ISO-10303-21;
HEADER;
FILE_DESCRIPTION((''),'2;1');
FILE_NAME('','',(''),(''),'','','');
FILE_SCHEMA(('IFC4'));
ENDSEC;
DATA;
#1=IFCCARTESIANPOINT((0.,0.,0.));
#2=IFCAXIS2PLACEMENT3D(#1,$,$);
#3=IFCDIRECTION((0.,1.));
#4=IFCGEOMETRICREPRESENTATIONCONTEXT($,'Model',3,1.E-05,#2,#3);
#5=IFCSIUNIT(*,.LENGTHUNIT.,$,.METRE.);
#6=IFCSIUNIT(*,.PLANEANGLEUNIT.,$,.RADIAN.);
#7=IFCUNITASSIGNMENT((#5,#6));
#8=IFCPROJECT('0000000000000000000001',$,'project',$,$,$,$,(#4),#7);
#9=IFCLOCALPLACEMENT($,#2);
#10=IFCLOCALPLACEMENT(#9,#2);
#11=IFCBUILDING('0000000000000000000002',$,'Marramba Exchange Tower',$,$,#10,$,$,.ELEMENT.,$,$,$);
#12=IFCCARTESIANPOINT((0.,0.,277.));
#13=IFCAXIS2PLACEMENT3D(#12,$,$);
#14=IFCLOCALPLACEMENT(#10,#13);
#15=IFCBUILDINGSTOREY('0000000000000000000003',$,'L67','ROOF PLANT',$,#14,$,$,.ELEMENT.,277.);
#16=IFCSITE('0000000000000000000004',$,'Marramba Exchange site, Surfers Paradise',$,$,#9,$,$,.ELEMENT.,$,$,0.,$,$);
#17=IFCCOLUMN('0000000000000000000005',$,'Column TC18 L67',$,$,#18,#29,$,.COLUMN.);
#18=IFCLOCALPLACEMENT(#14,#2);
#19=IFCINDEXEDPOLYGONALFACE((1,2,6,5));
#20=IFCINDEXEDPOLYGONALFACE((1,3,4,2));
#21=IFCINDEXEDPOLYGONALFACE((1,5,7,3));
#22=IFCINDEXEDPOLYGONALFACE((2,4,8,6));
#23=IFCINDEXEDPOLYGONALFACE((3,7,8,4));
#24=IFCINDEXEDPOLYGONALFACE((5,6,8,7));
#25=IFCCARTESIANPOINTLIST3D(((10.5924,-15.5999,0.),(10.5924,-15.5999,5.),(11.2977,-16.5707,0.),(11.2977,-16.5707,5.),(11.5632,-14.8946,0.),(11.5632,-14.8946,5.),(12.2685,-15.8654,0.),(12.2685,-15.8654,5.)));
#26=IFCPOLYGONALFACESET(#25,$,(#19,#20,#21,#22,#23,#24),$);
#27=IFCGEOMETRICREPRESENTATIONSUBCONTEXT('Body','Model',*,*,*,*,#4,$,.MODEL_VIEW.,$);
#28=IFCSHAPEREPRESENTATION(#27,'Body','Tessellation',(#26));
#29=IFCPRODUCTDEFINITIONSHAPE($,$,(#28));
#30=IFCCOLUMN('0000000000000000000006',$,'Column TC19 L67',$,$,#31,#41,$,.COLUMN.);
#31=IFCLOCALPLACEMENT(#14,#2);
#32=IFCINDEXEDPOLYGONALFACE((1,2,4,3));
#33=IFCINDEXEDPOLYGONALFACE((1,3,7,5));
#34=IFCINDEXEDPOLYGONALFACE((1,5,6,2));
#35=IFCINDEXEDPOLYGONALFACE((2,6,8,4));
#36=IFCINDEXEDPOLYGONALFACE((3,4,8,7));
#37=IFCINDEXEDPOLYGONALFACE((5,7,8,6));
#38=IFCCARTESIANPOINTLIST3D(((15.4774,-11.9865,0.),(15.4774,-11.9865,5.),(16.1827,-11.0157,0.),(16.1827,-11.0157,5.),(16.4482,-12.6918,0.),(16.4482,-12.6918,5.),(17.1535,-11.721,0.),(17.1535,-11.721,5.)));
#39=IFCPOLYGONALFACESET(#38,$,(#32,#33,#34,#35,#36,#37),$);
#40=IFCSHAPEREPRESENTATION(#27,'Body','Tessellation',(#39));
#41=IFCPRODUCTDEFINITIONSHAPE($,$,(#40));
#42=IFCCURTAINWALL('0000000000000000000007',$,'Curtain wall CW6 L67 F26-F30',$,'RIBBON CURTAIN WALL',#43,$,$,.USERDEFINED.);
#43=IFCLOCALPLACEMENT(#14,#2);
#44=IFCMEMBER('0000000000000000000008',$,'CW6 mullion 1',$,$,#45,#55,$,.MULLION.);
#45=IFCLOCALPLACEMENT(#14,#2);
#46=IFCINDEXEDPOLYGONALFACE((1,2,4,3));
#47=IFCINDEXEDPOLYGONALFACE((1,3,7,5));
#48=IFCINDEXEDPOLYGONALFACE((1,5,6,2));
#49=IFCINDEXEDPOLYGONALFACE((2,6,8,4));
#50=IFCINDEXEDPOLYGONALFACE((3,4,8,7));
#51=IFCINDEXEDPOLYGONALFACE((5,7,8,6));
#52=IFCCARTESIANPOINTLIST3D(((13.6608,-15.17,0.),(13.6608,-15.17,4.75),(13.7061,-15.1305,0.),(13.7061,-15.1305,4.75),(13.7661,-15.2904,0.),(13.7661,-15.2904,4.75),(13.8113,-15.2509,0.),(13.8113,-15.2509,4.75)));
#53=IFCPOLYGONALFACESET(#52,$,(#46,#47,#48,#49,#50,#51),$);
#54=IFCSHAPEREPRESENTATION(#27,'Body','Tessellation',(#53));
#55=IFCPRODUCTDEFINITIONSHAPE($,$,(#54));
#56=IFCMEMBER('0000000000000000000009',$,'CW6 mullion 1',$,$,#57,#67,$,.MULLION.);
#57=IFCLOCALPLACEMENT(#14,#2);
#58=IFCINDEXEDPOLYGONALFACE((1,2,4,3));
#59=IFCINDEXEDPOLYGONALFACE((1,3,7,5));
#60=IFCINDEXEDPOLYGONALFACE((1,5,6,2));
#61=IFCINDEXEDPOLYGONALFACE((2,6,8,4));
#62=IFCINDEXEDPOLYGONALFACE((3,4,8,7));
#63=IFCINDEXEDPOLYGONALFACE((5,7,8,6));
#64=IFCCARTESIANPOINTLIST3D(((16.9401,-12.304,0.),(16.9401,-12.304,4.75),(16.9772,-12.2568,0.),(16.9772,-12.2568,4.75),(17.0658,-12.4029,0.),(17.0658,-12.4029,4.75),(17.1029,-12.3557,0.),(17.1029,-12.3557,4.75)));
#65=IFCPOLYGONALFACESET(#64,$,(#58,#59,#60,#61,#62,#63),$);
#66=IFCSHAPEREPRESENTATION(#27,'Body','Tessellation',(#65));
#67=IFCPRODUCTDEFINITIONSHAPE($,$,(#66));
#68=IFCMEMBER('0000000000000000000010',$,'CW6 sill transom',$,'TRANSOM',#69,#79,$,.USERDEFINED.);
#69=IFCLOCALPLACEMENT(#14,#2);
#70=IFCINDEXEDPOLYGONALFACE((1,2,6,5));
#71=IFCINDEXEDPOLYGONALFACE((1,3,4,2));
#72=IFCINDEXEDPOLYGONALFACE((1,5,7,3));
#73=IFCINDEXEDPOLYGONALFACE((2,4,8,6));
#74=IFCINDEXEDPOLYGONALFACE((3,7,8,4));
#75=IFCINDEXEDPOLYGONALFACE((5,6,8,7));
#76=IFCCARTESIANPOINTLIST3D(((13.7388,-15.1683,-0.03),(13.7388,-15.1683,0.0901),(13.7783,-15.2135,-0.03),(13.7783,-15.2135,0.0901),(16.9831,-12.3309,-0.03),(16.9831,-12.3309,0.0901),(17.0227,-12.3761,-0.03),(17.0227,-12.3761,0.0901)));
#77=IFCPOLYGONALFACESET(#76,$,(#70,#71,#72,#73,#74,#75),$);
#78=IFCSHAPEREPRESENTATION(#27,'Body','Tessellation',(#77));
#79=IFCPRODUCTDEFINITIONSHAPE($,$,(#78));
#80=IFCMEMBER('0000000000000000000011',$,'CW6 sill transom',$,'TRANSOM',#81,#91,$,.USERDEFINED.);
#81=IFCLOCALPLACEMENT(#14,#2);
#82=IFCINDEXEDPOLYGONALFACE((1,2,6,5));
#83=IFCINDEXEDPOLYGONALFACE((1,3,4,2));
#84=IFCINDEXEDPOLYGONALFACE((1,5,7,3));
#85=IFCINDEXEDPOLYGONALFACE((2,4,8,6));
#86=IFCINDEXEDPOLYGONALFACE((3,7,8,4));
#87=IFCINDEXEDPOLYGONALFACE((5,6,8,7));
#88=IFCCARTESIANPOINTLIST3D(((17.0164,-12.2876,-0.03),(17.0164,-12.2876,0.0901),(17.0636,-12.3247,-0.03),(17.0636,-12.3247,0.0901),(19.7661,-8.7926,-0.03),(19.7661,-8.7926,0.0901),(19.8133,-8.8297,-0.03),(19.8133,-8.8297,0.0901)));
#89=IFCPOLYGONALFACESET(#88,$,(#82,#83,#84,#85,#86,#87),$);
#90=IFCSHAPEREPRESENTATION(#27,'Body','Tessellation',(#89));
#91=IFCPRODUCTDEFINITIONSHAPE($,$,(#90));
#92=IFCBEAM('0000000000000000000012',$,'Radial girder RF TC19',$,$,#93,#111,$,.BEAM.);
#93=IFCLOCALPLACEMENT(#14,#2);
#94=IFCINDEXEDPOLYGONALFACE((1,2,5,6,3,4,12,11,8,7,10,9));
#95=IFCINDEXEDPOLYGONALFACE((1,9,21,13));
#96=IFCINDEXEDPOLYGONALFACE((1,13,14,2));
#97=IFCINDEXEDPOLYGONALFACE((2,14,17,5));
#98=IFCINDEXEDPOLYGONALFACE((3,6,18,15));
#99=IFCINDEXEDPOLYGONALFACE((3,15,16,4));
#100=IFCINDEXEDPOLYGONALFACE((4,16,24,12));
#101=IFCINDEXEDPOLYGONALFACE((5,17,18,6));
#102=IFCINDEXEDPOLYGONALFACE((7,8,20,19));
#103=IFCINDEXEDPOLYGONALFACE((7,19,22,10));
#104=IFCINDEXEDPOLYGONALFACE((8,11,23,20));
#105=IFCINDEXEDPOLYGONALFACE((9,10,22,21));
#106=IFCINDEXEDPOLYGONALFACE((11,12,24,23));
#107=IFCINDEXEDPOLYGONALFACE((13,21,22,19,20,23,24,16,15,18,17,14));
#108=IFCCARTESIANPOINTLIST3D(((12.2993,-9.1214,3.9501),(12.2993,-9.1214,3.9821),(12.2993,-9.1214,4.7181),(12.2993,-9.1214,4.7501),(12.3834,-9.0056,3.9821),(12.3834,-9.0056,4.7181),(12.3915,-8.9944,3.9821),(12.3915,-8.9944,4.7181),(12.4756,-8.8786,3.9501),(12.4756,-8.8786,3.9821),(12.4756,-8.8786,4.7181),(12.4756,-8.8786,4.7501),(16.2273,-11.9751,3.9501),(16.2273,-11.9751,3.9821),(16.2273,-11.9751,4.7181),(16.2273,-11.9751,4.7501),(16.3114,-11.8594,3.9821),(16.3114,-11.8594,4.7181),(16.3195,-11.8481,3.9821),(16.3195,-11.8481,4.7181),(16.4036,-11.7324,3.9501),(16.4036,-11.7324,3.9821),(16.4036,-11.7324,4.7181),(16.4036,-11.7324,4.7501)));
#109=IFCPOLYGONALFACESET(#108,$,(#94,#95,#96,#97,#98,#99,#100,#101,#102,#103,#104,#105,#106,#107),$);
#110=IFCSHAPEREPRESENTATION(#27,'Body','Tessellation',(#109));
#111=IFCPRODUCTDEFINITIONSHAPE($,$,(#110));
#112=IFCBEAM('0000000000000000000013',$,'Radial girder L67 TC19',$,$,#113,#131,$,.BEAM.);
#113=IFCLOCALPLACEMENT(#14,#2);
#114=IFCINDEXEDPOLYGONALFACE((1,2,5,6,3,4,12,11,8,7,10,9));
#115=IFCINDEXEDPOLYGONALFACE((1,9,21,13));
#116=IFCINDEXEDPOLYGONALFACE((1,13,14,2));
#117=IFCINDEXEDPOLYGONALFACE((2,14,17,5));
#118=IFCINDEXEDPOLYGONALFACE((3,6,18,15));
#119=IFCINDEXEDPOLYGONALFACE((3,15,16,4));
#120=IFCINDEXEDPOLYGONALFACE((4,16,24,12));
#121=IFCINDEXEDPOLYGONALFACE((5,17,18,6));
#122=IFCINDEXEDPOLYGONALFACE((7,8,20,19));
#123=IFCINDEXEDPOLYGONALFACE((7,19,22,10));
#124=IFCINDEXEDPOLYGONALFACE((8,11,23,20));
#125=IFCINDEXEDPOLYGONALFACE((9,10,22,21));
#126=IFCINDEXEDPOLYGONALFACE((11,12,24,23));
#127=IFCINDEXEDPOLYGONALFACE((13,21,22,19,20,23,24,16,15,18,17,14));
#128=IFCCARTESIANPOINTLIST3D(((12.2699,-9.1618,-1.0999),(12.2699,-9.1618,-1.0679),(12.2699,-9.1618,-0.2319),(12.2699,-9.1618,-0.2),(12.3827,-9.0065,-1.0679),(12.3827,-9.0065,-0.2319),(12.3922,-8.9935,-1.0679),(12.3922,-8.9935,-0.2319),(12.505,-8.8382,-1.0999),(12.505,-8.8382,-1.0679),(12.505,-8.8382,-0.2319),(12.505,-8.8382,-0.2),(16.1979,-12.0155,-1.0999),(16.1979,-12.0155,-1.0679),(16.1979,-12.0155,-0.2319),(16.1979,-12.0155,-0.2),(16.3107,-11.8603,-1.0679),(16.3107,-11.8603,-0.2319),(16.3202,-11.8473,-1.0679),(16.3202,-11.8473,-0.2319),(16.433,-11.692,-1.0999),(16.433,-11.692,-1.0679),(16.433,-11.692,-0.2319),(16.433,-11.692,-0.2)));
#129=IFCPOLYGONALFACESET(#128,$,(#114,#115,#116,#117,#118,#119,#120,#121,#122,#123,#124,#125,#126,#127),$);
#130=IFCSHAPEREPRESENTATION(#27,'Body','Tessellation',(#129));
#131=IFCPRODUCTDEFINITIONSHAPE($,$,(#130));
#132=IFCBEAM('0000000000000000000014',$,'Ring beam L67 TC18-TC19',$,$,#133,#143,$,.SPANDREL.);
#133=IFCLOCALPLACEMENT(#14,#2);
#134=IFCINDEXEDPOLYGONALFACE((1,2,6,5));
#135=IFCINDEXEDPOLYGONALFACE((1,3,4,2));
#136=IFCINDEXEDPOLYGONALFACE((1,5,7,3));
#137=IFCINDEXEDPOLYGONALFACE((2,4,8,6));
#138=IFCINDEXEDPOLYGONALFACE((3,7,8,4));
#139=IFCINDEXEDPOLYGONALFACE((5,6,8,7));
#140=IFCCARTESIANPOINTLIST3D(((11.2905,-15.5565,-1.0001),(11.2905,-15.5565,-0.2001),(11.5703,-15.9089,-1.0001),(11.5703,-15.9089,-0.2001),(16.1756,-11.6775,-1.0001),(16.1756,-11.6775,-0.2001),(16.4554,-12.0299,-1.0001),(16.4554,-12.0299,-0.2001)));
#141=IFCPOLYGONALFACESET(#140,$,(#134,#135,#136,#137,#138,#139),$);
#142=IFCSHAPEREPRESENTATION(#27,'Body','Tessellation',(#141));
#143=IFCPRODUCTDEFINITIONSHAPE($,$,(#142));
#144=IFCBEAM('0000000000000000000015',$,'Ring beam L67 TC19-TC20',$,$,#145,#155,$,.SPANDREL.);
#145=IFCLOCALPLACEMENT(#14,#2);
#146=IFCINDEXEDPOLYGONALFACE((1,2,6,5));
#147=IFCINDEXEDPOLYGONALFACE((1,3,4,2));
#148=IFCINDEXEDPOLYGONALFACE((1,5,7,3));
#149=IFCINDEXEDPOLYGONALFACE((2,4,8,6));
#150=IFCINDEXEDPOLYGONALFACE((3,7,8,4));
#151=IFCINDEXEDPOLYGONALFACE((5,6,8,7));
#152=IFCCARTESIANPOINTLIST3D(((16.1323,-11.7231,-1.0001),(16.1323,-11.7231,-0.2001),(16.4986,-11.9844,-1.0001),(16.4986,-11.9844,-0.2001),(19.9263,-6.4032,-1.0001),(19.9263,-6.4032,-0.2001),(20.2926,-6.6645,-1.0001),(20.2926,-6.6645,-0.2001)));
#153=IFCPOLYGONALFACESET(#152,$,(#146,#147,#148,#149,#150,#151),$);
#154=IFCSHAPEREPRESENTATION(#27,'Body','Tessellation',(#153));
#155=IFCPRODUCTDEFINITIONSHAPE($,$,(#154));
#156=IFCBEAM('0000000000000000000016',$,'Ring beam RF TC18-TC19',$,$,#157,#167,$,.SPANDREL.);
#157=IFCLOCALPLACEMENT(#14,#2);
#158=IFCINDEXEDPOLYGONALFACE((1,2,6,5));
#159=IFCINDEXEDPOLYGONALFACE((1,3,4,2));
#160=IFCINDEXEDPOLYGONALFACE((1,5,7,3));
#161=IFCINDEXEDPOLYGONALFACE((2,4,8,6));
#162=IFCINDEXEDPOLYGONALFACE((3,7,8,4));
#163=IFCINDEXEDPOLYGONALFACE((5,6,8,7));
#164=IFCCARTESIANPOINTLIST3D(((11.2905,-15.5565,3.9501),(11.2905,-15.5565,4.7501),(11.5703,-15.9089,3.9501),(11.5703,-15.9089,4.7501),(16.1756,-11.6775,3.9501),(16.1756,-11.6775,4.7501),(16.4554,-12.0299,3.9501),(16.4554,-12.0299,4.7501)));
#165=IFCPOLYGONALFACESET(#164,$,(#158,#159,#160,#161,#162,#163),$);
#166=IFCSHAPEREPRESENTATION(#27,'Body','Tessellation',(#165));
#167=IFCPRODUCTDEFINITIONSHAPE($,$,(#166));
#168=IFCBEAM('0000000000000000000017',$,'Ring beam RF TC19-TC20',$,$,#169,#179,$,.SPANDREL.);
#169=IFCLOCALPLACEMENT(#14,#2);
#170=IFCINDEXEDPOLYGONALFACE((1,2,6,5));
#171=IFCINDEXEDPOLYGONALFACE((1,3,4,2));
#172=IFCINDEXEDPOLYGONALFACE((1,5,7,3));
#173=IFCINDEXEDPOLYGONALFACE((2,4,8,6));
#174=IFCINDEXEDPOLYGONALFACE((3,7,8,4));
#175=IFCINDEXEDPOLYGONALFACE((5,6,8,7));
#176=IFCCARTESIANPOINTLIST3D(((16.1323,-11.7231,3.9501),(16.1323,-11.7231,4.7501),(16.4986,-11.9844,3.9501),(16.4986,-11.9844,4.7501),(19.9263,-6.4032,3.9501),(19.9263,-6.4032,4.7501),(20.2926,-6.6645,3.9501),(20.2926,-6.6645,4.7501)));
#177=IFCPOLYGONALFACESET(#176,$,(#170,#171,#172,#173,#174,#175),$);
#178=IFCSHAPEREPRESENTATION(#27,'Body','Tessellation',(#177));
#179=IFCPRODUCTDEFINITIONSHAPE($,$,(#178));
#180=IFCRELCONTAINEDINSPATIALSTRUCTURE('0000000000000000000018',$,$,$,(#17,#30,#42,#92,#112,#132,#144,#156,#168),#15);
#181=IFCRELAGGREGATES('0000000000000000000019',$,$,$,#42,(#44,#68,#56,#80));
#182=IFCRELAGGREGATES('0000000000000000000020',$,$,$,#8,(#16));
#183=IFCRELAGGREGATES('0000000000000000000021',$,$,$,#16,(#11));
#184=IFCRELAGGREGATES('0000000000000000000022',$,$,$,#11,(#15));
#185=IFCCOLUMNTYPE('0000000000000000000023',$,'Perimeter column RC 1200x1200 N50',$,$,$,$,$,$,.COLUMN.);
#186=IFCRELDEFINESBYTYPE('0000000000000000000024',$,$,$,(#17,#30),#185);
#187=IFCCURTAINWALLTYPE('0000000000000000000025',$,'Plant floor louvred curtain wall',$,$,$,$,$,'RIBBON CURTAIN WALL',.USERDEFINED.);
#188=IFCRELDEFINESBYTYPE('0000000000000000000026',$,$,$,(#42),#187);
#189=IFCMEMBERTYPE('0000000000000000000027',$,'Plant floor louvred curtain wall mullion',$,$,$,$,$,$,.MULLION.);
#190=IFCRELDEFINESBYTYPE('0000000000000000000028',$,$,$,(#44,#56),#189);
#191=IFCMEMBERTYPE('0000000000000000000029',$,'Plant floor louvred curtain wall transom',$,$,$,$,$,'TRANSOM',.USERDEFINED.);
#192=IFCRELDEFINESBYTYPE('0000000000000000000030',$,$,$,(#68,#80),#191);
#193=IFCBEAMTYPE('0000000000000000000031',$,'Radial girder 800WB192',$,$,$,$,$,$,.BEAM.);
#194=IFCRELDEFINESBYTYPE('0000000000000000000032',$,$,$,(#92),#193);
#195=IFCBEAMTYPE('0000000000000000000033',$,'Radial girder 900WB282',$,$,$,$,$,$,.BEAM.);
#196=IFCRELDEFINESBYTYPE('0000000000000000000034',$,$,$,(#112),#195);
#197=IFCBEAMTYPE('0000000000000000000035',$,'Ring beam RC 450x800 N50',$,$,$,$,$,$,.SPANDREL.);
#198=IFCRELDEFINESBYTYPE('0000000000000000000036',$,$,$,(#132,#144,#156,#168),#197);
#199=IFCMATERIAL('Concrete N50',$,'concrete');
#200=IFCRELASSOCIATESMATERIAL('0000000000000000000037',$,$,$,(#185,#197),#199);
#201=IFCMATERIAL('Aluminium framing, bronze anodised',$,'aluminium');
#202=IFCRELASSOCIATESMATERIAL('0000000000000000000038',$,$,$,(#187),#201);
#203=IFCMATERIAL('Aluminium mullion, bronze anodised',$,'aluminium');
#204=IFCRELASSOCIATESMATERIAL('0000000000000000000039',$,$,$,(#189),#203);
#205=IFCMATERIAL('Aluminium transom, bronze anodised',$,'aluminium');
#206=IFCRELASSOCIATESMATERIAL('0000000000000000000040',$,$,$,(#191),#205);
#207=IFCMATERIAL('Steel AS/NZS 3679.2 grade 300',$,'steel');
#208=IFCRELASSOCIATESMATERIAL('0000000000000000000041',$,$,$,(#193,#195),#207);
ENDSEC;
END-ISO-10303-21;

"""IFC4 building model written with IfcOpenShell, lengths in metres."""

from ifc_helpers import new_model, si_unit, direction, frame, origin, origin_2d, place, context, subcontext, project, spatial, rectangle, i_section, extrude, material, material_profile, profile_set, type_object, element, aggregate, save


model = new_model("IFC4")

# Units and contexts
model_context = context("Model", 3, precision=1e-05, world=origin(), true_north=direction((0.0, 1.0)))
body_context = subcontext(model_context, "Body", "Model", "MODEL_VIEW")
ifc_project = project(units=[si_unit("LENGTHUNIT", "METRE"), si_unit("PLANEANGLEUNIT", "RADIAN")], contexts=[model_context])

# Site, building, storey
site_placement = place(None, origin())
site = spatial("IfcSite", under=ifc_project, at=site_placement, Name="Marramba Exchange site, Surfers Paradise", CompositionType="ELEMENT", RefElevation=0.0)
building_placement = place(site_placement, origin())
building = spatial("IfcBuilding", under=site, at=building_placement, Name="Marramba Exchange Tower", CompositionType="ELEMENT")
storey_placement = place(building_placement, frame((0.0, 0.0, 277.0)))
storey = spatial("IfcBuildingStorey", under=building, at=storey_placement, Name="L67", Description="ROOF PLANT", CompositionType="ELEMENT", Elevation=277.0)

# Columns
ifc_material_1 = material(Name="Concrete N50", Category="concrete")
ifc_material_profile_1 = material_profile(ifc_material_1, rectangle(XDim=1.2, YDim=1.2, at=origin_2d()), Name="RC 1200x1200")
ifc_profile_set_1 = profile_set([ifc_material_profile_1], Name="Concrete N50")
column_type = type_object("IfcColumnType", Name="Perimeter column RC 1200x1200 N50", PredefinedType="COLUMN", material=ifc_profile_set_1)
for number, where, z_axis, x_axis, name in (
    (1, (11.4304, -15.7327, 0.0), (0.0, 0.0, 1.0), (0.587785, -0.809017, 0.0), "Column TC18 L67"),
    (2, (16.3154, -11.8538, 0.0), (0.0, 0.0, 1.0), (0.809017, -0.587785, 0.0), "Column TC19 L67"),
):
    element("IfcColumn", number, at=place(storey_placement, frame(where, z_axis=z_axis, x_axis=x_axis)), inside=storey, type_object=column_type, Name=name, PredefinedType="COLUMN", context=body_context, shape_type="SweptSolid", body=[
        extrude(rectangle(XDim=1.2, YDim=1.2, at=origin_2d()), origin(), (0.0, 0.0, 1.0), 5.0),
    ])

# Curtain wall, members
ifc_material_2 = material(Name="Aluminium framing, bronze anodised", Category="aluminium")
curtain_wall_type = type_object("IfcCurtainWallType", Name="Plant floor louvred curtain wall", ElementType="RIBBON CURTAIN WALL", PredefinedType="USERDEFINED", material=ifc_material_2)
curtain_wall_placement = place(storey_placement, origin())
curtain_wall = element("IfcCurtainWall", 3, at=curtain_wall_placement, inside=storey, type_object=curtain_wall_type, Name="Curtain wall CW6 L67 F26-F30", ObjectType="RIBBON CURTAIN WALL", PredefinedType="USERDEFINED")
ifc_material_3 = material(Name="Aluminium mullion, bronze anodised", Category="aluminium")
ifc_material_profile_2 = material_profile(ifc_material_3, rectangle(XDim=0.1599, YDim=0.0601, at=origin_2d()), Name="CW6 mullion 60x160")
ifc_profile_set_2 = profile_set([ifc_material_profile_2], Name="Aluminium mullion, bronze anodised")
member_type_1 = type_object("IfcMemberType", Name="Plant floor louvred curtain wall mullion", PredefinedType="MULLION", material=ifc_profile_set_2)
member_1_placement = place(storey_placement, frame((13.7361, -15.2104, 0.0), z_axis=(0.0, 0.0, 1.0), x_axis=(-0.658305, 0.752751, 0.0)))
member_1 = element("IfcMember", 4, at=member_1_placement, type_object=member_type_1, Name="CW6 mullion 1", PredefinedType="MULLION", context=body_context, shape_type="SweptSolid", body=[
    extrude(rectangle(XDim=0.1599, YDim=0.0601, at=origin_2d()), origin(), (0.0, 0.0, 1.0), 4.75),
])
member_2_placement = place(storey_placement, frame((17.0215, -12.3298, 0.0), z_axis=(0.0, 0.0, 1.0), x_axis=(-0.78595, 0.618291, 0.0)))
member_2 = element("IfcMember", 5, at=member_2_placement, type_object=member_type_1, Name="CW6 mullion 1", PredefinedType="MULLION", context=body_context, shape_type="SweptSolid", body=[
    extrude(rectangle(XDim=0.1599, YDim=0.0601, at=origin_2d()), origin(), (0.0, 0.0, 1.0), 4.75),
])
ifc_material_4 = material(Name="Aluminium transom, bronze anodised", Category="aluminium")
ifc_material_profile_3 = material_profile(ifc_material_4, rectangle(XDim=0.0601, YDim=0.1201, at=origin_2d()), Name="CW6 transom 60x120")
ifc_profile_set_3 = profile_set([ifc_material_profile_3], Name="Aluminium transom, bronze anodised")
member_type_2 = type_object("IfcMemberType", Name="Plant floor louvred curtain wall transom", ElementType="TRANSOM", PredefinedType="USERDEFINED", material=ifc_profile_set_3)
member_3_placement = place(storey_placement, frame((13.7585, -15.1909, 0.03), z_axis=(0.752742, 0.658316, 0.0), x_axis=(-0.658316, 0.752742, 0.0)))
member_3 = element("IfcMember", 6, at=member_3_placement, type_object=member_type_2, Name="CW6 sill transom", ObjectType="TRANSOM", PredefinedType="USERDEFINED", context=body_context, shape_type="SweptSolid", body=[
    extrude(rectangle(XDim=0.0601, YDim=0.1201, at=origin_2d()), origin(), (0.0, 0.0, 1.0), 4.3101),
])
member_4_placement = place(storey_placement, frame((17.04, -12.3062, 0.03), z_axis=(0.618321, 0.785926, 0.0), x_axis=(-0.785926, 0.618321, 0.0)))
member_4 = element("IfcMember", 7, at=member_4_placement, type_object=member_type_2, Name="CW6 sill transom", ObjectType="TRANSOM", PredefinedType="USERDEFINED", context=body_context, shape_type="SweptSolid", body=[
    extrude(rectangle(XDim=0.0601, YDim=0.1201, at=origin_2d()), origin(), (0.0, 0.0, 1.0), 4.447),
])

# Beams
ifc_material_5 = material(Name="Steel AS/NZS 3679.2 grade 300", Category="steel")
ifc_material_profile_4 = material_profile(ifc_material_5, i_section(OverallWidth=0.3, OverallDepth=0.8, WebThickness=0.0139, FlangeThickness=0.032, at=origin_2d()), Name="800WB192")
ifc_profile_set_4 = profile_set([ifc_material_profile_4], Name="Steel AS/NZS 3679.2 grade 300")
beam_type_1 = type_object("IfcBeamType", Name="Radial girder 800WB192", PredefinedType="BEAM", material=ifc_profile_set_4)
beam_1_placement = place(storey_placement, frame((12.3875, -9.0, 4.3501), z_axis=(0.809025, -0.587774, 0.0), x_axis=(0.587774, 0.809025, 0.0)))
element("IfcBeam", 8, at=beam_1_placement, inside=storey, type_object=beam_type_1, Name="Radial girder RF TC19", PredefinedType="BEAM", context=body_context, shape_type="SweptSolid", body=[
    extrude(i_section(OverallWidth=0.3, OverallDepth=0.8, WebThickness=0.0139, FlangeThickness=0.032, at=origin_2d()), origin(), (0.0, 0.0, 1.0), 4.8552),
])
ifc_material_profile_5 = material_profile(ifc_material_5, i_section(OverallWidth=0.3999, OverallDepth=0.8999, WebThickness=0.0161, FlangeThickness=0.032, at=origin_2d()), Name="900WB282")
ifc_profile_set_5 = profile_set([ifc_material_profile_5], Name="Steel AS/NZS 3679.2 grade 300")
beam_type_2 = type_object("IfcBeamType", Name="Radial girder 900WB282", PredefinedType="BEAM", material=ifc_profile_set_5)
beam_2_placement = place(storey_placement, frame((12.3875, -9.0, -0.6499), z_axis=(0.809025, -0.587774, 0.0), x_axis=(0.587774, 0.809025, 0.0)))
element("IfcBeam", 9, at=beam_2_placement, inside=storey, type_object=beam_type_2, Name="Radial girder L67 TC19", PredefinedType="BEAM", context=body_context, shape_type="SweptSolid", body=[
    extrude(i_section(OverallWidth=0.3999, OverallDepth=0.8999, WebThickness=0.0161, FlangeThickness=0.032, at=origin_2d()), origin(), (0.0, 0.0, 1.0), 4.8552),
])
ifc_material_profile_6 = material_profile(ifc_material_1, rectangle(XDim=0.45, YDim=0.8, at=origin_2d()), Name="RC 450x800")
ifc_profile_set_6 = profile_set([ifc_material_profile_6], Name="Concrete N50")
beam_type_3 = type_object("IfcBeamType", Name="Ring beam RC 450x800 N50", PredefinedType="SPANDREL", material=ifc_profile_set_6)
beam_3_placement = place(storey_placement, frame((11.4304, -15.7327, -0.6001), z_axis=(0.783139, 0.621846, 0.0), x_axis=(-0.621846, 0.783139, 0.0)))
element("IfcBeam", 10, at=beam_3_placement, inside=storey, type_object=beam_type_3, Name="Ring beam L67 TC18-TC19", PredefinedType="SPANDREL", context=body_context, shape_type="SweptSolid", body=[
    extrude(rectangle(XDim=0.45, YDim=0.8, at=origin_2d()), origin(), (0.0, 0.0, 1.0), 6.2378),
])
beam_4_placement = place(storey_placement, frame((16.3154, -11.8538, -0.6001), z_axis=(0.580637, 0.814162, 0.0), x_axis=(-0.814162, 0.580637, 0.0)))
element("IfcBeam", 11, at=beam_4_placement, inside=storey, type_object=beam_type_3, Name="Ring beam L67 TC19-TC20", PredefinedType="SPANDREL", context=body_context, shape_type="SweptSolid", body=[
    extrude(rectangle(XDim=0.45, YDim=0.8, at=origin_2d()), origin(), (0.0, 0.0, 1.0), 6.5342),
])
beam_5_placement = place(storey_placement, frame((11.4304, -15.7327, 4.3501), z_axis=(0.783139, 0.621846, 0.0), x_axis=(-0.621846, 0.783139, 0.0)))
element("IfcBeam", 12, at=beam_5_placement, inside=storey, type_object=beam_type_3, Name="Ring beam RF TC18-TC19", PredefinedType="SPANDREL", context=body_context, shape_type="SweptSolid", body=[
    extrude(rectangle(XDim=0.45, YDim=0.8, at=origin_2d()), origin(), (0.0, 0.0, 1.0), 6.2378),
])
beam_6_placement = place(storey_placement, frame((16.3154, -11.8538, 4.3501), z_axis=(0.580637, 0.814162, 0.0), x_axis=(-0.814162, 0.580637, 0.0)))
element("IfcBeam", 13, at=beam_6_placement, inside=storey, type_object=beam_type_3, Name="Ring beam RF TC19-TC20", PredefinedType="SPANDREL", context=body_context, shape_type="SweptSolid", body=[
    extrude(rectangle(XDim=0.45, YDim=0.8, at=origin_2d()), origin(), (0.0, 0.0, 1.0), 6.5342),
])

aggregate(curtain_wall, [member_1, member_3, member_2, member_4])

save(model, "model.ifc")
